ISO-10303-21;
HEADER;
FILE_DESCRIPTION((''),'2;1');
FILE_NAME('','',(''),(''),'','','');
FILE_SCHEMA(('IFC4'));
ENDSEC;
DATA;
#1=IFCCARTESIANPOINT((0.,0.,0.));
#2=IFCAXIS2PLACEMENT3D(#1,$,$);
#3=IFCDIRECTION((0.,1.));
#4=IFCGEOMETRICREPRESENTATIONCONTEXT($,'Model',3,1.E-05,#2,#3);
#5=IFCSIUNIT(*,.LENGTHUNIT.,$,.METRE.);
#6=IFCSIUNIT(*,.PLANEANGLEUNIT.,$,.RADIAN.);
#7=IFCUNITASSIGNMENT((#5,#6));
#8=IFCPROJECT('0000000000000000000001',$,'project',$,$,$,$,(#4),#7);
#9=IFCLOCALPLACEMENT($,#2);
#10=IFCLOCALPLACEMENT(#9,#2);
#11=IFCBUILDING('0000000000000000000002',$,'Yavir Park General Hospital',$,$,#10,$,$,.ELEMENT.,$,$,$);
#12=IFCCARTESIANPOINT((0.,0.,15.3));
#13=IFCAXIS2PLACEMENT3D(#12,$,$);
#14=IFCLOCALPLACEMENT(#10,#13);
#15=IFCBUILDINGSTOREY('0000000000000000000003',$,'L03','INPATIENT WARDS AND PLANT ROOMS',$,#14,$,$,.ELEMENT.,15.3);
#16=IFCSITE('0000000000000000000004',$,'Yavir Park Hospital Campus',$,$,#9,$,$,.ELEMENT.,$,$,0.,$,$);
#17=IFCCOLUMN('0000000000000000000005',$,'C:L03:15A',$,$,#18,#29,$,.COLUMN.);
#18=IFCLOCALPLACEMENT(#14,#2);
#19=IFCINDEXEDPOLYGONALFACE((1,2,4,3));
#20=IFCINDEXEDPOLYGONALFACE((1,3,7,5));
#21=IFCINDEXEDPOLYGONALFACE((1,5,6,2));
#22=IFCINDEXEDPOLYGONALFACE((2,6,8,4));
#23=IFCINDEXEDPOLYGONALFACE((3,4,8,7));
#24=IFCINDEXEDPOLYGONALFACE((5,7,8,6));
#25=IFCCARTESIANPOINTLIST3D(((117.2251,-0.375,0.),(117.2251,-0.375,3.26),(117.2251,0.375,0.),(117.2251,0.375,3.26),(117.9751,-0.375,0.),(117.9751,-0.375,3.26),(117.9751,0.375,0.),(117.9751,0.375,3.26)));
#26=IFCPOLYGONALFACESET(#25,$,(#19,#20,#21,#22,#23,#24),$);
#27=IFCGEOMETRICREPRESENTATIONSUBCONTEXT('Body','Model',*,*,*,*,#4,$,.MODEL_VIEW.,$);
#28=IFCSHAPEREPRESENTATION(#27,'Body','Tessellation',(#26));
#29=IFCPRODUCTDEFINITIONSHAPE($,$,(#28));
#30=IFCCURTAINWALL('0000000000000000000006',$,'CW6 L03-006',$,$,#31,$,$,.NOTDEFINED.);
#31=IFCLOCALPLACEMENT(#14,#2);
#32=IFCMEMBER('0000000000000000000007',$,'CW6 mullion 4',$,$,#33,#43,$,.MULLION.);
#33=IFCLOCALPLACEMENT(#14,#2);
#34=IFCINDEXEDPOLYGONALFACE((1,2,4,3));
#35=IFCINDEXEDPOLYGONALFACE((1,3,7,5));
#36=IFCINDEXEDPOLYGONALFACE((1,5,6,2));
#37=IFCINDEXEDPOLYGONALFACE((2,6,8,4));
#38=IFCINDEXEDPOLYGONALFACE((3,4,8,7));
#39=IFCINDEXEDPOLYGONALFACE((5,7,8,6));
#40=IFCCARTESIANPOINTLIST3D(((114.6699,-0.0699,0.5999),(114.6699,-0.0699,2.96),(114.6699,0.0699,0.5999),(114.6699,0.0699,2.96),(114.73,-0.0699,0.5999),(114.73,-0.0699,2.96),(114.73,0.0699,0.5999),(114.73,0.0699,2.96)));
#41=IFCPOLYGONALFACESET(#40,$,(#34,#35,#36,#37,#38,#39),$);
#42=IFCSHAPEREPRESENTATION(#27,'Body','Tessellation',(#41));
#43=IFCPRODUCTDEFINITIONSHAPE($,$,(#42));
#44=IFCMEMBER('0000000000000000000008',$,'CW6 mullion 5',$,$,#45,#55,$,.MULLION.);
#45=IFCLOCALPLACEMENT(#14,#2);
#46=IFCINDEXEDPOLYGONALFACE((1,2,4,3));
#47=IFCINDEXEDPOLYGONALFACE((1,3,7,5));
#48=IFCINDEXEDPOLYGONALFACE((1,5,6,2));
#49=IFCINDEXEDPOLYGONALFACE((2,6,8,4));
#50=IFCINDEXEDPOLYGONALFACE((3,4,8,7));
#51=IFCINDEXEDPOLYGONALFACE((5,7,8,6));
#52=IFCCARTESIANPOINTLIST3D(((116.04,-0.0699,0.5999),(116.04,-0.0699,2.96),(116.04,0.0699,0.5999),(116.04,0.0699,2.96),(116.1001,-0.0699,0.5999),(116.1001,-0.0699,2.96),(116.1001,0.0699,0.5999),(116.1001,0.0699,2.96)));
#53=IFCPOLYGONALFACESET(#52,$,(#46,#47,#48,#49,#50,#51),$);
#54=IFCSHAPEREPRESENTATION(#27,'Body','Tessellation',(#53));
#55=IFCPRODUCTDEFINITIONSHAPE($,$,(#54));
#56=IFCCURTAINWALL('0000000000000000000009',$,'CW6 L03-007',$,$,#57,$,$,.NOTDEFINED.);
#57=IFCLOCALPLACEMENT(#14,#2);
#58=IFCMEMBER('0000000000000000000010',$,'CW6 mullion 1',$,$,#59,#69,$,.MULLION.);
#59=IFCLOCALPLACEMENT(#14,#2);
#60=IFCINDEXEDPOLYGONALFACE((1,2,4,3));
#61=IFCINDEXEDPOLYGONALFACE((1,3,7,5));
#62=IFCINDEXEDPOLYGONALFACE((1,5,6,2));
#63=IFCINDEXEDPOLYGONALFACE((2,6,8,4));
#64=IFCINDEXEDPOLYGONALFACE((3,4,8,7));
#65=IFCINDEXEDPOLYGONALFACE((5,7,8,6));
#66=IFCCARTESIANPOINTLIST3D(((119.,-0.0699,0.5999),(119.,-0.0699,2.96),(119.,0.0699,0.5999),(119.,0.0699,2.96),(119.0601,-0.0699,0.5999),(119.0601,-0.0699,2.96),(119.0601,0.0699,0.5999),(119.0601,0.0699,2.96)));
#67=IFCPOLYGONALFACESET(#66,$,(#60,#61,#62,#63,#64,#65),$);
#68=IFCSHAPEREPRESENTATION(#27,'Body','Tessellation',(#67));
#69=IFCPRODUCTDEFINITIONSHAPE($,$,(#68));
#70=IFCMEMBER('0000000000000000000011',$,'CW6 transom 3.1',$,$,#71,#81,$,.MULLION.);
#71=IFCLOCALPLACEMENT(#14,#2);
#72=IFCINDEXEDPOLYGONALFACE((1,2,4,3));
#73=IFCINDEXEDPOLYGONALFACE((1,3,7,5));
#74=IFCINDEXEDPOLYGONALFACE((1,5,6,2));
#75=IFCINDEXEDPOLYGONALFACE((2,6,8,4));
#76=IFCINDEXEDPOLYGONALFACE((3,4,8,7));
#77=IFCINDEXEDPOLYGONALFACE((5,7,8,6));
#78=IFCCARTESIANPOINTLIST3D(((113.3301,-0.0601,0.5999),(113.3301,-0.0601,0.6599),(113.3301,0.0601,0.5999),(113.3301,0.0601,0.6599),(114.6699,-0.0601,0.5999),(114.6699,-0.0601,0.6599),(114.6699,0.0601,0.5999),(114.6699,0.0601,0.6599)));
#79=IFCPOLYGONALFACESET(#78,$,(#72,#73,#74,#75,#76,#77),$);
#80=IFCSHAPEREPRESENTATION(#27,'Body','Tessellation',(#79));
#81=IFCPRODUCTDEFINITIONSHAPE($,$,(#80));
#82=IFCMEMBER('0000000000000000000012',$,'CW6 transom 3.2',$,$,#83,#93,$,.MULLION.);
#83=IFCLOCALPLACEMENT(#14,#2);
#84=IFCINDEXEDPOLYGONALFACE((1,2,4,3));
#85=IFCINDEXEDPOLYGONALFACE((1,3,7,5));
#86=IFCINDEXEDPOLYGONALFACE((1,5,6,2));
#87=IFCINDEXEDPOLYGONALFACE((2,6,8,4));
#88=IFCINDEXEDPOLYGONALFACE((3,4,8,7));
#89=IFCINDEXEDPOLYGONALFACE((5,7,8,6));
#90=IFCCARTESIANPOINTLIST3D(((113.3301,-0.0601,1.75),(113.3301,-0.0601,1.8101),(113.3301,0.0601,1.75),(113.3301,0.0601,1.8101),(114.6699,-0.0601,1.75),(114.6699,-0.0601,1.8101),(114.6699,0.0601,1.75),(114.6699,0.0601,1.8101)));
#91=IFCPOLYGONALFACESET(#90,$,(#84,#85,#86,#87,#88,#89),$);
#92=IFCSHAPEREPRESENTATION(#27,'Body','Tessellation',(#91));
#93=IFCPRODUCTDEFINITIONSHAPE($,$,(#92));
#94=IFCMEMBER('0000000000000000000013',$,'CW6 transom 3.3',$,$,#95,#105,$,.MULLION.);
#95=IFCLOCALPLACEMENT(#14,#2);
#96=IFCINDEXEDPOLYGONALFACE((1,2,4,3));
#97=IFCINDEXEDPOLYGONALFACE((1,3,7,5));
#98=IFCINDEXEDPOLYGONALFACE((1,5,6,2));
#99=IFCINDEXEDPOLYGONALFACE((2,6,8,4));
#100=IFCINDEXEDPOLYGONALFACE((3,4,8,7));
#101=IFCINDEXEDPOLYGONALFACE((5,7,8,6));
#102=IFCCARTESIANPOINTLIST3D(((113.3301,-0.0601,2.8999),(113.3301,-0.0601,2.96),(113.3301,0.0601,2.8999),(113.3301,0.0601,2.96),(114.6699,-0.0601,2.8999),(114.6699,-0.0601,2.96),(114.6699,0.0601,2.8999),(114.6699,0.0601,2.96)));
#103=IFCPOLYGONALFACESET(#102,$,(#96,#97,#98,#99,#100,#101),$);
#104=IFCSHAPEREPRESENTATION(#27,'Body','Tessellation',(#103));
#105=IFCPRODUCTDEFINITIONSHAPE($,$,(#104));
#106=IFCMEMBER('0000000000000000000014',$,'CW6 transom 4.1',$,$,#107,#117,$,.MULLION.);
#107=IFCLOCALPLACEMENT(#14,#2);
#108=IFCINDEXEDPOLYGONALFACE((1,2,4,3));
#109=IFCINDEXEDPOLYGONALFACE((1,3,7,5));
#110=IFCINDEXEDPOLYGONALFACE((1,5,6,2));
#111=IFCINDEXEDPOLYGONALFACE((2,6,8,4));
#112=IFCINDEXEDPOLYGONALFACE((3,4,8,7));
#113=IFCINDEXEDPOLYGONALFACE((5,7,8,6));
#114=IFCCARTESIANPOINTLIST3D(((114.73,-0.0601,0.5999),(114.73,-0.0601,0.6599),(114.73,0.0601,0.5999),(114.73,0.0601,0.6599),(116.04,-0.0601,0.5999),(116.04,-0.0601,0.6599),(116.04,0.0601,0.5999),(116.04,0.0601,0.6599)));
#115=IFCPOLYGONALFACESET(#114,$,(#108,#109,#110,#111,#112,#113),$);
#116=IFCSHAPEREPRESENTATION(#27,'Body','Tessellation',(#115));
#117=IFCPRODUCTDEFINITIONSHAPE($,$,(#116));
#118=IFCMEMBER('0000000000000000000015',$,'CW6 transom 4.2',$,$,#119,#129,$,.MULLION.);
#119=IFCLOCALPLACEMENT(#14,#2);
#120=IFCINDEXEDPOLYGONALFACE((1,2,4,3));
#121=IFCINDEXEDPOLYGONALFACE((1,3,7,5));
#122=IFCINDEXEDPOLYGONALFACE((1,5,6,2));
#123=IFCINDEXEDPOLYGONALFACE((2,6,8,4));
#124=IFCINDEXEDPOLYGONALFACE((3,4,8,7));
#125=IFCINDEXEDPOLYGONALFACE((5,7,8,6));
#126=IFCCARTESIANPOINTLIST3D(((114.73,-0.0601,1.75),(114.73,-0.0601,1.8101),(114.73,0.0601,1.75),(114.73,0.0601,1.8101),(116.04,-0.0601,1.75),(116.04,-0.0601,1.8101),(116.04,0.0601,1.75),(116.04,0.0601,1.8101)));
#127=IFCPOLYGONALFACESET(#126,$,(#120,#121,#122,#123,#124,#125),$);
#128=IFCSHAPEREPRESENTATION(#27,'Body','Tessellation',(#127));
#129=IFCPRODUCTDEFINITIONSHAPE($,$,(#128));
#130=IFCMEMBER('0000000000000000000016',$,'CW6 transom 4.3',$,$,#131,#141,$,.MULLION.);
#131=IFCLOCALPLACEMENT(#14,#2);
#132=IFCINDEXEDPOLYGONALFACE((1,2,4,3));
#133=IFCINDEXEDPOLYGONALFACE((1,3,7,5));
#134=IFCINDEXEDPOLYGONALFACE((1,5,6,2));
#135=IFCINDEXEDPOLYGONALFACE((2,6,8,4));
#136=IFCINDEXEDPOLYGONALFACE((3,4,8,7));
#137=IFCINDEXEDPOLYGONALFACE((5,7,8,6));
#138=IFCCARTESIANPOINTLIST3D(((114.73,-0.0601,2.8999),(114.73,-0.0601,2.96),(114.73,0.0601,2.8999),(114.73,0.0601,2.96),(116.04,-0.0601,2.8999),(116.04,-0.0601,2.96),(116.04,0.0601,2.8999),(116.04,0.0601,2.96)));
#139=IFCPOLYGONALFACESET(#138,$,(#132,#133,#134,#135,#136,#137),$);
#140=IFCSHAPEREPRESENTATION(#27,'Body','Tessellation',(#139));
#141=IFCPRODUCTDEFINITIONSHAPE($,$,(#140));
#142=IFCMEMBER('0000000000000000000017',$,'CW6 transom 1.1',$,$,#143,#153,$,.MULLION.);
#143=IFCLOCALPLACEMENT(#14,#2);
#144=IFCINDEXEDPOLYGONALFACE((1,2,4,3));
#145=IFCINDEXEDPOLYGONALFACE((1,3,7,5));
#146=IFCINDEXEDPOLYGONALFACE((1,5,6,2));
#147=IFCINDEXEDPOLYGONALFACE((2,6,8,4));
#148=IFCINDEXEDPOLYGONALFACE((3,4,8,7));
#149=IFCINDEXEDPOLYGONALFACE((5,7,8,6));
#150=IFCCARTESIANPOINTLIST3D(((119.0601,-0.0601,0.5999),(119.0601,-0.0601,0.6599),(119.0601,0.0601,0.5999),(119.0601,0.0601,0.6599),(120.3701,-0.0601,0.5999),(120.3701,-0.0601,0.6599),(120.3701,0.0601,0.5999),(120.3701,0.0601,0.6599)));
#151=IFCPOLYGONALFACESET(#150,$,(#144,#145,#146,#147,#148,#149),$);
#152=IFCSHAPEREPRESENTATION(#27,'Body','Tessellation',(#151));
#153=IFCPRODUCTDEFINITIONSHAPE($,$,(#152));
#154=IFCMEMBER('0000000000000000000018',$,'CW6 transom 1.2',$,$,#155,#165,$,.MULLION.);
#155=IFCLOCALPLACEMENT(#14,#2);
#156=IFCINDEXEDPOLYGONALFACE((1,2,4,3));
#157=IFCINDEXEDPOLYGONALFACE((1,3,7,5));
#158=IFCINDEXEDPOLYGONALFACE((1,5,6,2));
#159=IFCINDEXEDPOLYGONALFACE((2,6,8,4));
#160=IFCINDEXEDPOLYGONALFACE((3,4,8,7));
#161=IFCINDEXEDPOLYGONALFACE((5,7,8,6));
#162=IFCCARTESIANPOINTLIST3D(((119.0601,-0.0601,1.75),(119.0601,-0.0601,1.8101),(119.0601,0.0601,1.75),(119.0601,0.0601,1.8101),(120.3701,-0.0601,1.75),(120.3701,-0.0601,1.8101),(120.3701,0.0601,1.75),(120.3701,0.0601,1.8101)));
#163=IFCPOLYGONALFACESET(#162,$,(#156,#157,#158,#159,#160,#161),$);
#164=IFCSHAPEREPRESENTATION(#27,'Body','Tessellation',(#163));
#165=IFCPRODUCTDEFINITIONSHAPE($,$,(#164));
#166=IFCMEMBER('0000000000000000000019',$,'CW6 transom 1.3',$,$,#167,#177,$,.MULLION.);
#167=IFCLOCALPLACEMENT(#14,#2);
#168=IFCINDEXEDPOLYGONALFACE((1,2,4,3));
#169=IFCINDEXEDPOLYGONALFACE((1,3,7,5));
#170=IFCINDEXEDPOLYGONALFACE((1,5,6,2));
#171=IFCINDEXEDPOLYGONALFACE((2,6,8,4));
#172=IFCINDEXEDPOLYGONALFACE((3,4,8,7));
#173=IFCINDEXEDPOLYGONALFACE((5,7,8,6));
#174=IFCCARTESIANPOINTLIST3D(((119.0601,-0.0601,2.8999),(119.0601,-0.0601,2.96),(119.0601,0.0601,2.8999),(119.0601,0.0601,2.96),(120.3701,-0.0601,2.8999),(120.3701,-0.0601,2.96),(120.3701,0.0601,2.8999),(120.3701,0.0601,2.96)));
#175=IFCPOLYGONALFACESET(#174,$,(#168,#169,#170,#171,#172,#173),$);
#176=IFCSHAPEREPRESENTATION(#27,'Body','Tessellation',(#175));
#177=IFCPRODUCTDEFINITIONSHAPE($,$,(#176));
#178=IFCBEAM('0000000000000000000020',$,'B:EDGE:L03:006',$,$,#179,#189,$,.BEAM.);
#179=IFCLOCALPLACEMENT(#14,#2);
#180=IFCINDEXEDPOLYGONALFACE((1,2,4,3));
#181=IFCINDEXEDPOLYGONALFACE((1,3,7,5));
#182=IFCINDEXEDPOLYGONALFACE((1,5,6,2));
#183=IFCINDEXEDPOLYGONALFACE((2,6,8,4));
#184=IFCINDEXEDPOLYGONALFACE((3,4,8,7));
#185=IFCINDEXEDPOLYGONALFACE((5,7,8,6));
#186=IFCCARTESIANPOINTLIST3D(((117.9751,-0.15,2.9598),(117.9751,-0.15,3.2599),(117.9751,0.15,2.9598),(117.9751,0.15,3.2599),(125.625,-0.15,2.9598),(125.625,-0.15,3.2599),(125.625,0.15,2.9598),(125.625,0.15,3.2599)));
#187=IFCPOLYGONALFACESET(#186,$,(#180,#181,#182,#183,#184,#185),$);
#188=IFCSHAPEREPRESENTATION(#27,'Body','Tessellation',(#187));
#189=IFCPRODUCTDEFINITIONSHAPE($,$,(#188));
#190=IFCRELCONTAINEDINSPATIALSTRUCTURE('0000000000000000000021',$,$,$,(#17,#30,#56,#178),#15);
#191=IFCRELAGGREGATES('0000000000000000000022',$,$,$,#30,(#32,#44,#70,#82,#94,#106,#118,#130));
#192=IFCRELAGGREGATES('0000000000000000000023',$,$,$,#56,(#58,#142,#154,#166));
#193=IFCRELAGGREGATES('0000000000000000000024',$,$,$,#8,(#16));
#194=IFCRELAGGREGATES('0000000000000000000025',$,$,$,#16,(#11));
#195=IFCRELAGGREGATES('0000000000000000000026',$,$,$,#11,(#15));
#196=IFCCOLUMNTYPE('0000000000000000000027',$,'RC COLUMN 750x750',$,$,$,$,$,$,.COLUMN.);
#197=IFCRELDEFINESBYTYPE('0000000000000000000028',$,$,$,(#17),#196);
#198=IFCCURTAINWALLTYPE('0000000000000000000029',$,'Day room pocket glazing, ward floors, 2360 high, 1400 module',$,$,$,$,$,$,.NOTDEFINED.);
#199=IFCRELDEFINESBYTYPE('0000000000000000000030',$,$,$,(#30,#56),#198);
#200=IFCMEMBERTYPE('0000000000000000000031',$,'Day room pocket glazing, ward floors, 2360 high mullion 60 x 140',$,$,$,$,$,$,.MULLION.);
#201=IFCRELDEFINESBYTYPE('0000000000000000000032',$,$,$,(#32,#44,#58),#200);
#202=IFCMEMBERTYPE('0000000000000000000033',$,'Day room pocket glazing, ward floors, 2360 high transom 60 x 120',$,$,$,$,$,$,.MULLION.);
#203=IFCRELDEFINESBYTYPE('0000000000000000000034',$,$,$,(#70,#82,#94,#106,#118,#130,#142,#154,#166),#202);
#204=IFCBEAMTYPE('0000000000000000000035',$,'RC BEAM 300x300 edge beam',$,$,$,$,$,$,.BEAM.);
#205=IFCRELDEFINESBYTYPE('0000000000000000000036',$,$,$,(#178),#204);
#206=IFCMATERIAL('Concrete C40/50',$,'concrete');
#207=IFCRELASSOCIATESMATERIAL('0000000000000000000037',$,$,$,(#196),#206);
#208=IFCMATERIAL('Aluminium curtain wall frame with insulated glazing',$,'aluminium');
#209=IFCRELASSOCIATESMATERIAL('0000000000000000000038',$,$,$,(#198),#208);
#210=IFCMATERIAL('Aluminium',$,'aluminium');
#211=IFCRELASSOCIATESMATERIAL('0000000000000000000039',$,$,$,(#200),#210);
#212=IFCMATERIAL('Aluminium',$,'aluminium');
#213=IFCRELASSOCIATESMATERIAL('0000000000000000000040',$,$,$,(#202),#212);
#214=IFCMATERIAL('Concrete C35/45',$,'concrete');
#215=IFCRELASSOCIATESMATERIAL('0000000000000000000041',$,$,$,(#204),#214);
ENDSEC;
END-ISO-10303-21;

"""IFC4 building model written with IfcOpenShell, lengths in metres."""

from ifc_helpers import new_model, si_unit, direction, frame, origin, origin_2d, place, context, subcontext, project, spatial, rectangle, extrude, material, material_profile, profile_set, type_object, element, aggregate, save


model = new_model("IFC4")

# Units and contexts
model_context = context("Model", 3, precision=1e-05, world=origin(), true_north=direction((0.0, 1.0)))
body_context = subcontext(model_context, "Body", "Model", "MODEL_VIEW")
ifc_project = project(units=[si_unit("LENGTHUNIT", "METRE"), si_unit("PLANEANGLEUNIT", "RADIAN")], contexts=[model_context])

# Site, building, storey
site_placement = place(None, origin())
site = spatial("IfcSite", under=ifc_project, at=site_placement, Name="Yavir Park Hospital Campus", CompositionType="ELEMENT", RefElevation=0.0)
building_placement = place(site_placement, origin())
building = spatial("IfcBuilding", under=site, at=building_placement, Name="Yavir Park General Hospital", CompositionType="ELEMENT")
storey_placement = place(building_placement, frame((0.0, 0.0, 15.3)))
storey = spatial("IfcBuildingStorey", under=building, at=storey_placement, Name="L03", Description="INPATIENT WARDS AND PLANT ROOMS", CompositionType="ELEMENT", Elevation=15.3)

# Column
ifc_material_1 = material(Name="Concrete C40/50", Category="concrete")
ifc_material_profile_1 = material_profile(ifc_material_1, rectangle(XDim=0.75, YDim=0.75, at=origin_2d()), Name="RC750x750")
ifc_profile_set_1 = profile_set([ifc_material_profile_1], Name="Concrete C40/50")
column_type = type_object("IfcColumnType", Name="RC COLUMN 750x750", PredefinedType="COLUMN", material=ifc_profile_set_1)
column_placement = place(storey_placement, frame((117.6001, 0.0, 0.0), z_axis=(0.0, 0.0, 1.0), x_axis=(1.0, 0.0, 0.0)))
element("IfcColumn", 1, at=column_placement, inside=storey, type_object=column_type, Name="C:L03:15A", PredefinedType="COLUMN", context=body_context, shape_type="SweptSolid", body=[
    extrude(rectangle(XDim=0.75, YDim=0.75, at=origin_2d()), origin(), (0.0, 0.0, 1.0), 3.26),
])

# Curtain wall, members
ifc_material_2 = material(Name="Aluminium curtain wall frame with insulated glazing", Category="aluminium")
curtain_wall_type = type_object("IfcCurtainWallType", Name="Day room pocket glazing, ward floors, 2360 high, 1400 module", PredefinedType="NOTDEFINED", material=ifc_material_2)
curtain_wall_1_placement = place(storey_placement, origin())
curtain_wall_1 = element("IfcCurtainWall", 2, at=curtain_wall_1_placement, inside=storey, type_object=curtain_wall_type, Name="CW6 L03-006", PredefinedType="NOTDEFINED")
ifc_material_3 = material(Name="Aluminium", Category="aluminium")
ifc_material_profile_2 = material_profile(ifc_material_3, rectangle(XDim=0.1399, YDim=0.0601, at=origin_2d()), Name="AL 60x140")
ifc_profile_set_2 = profile_set([ifc_material_profile_2], Name="Aluminium")
member_type_1 = type_object("IfcMemberType", Name="Day room pocket glazing, ward floors, 2360 high mullion 60 x 140", PredefinedType="MULLION", material=ifc_profile_set_2)
member_1_placement = place(storey_placement, frame((114.7, 0.0, 0.5999), z_axis=(0.0, 0.0, 1.0), x_axis=(0.0, 1.0, 0.0)))
member_1 = element("IfcMember", 3, at=member_1_placement, type_object=member_type_1, Name="CW6 mullion 4", PredefinedType="MULLION", context=body_context, shape_type="SweptSolid", body=[
    extrude(rectangle(XDim=0.1399, YDim=0.0601, at=origin_2d()), origin(), (0.0, 0.0, 1.0), 2.3601),
])
member_2_placement = place(storey_placement, frame((116.0701, 0.0, 0.5999), z_axis=(0.0, 0.0, 1.0), x_axis=(0.0, 1.0, 0.0)))
member_2 = element("IfcMember", 4, at=member_2_placement, type_object=member_type_1, Name="CW6 mullion 5", PredefinedType="MULLION", context=body_context, shape_type="SweptSolid", body=[
    extrude(rectangle(XDim=0.1399, YDim=0.0601, at=origin_2d()), origin(), (0.0, 0.0, 1.0), 2.3601),
])

# Curtain wall, member
curtain_wall_2_placement = place(storey_placement, origin())
curtain_wall_2 = element("IfcCurtainWall", 5, at=curtain_wall_2_placement, inside=storey, type_object=curtain_wall_type, Name="CW6 L03-007", PredefinedType="NOTDEFINED")
member_3_placement = place(storey_placement, frame((119.03, 0.0, 0.5999), z_axis=(0.0, 0.0, 1.0), x_axis=(0.0, 1.0, 0.0)))
member_3 = element("IfcMember", 6, at=member_3_placement, type_object=member_type_1, Name="CW6 mullion 1", PredefinedType="MULLION", context=body_context, shape_type="SweptSolid", body=[
    extrude(rectangle(XDim=0.1399, YDim=0.0601, at=origin_2d()), origin(), (0.0, 0.0, 1.0), 2.3601),
])

# Members
ifc_material_4 = material(Name="Aluminium", Category="aluminium")
ifc_material_profile_3 = material_profile(ifc_material_4, rectangle(XDim=0.1201, YDim=0.0601, at=origin_2d()), Name="AL 120x60")
ifc_profile_set_3 = profile_set([ifc_material_profile_3], Name="Aluminium")
member_type_2 = type_object("IfcMemberType", Name="Day room pocket glazing, ward floors, 2360 high transom 60 x 120", PredefinedType="MULLION", material=ifc_profile_set_3)
member_4_placement = place(storey_placement, frame((113.3301, 0.0, 0.6299), z_axis=(1.0, 0.0, 0.0), x_axis=(0.0, 1.0, 0.0)))
member_4 = element("IfcMember", 7, at=member_4_placement, type_object=member_type_2, Name="CW6 transom 3.1", PredefinedType="MULLION", context=body_context, shape_type="SweptSolid", body=[
    extrude(rectangle(XDim=0.1201, YDim=0.0601, at=origin_2d()), origin(), (0.0, 0.0, 1.0), 1.3398),
])
member_5_placement = place(storey_placement, frame((113.3301, 0.0, 1.78), z_axis=(1.0, 0.0, 0.0), x_axis=(0.0, 1.0, 0.0)))
member_5 = element("IfcMember", 8, at=member_5_placement, type_object=member_type_2, Name="CW6 transom 3.2", PredefinedType="MULLION", context=body_context, shape_type="SweptSolid", body=[
    extrude(rectangle(XDim=0.1201, YDim=0.0601, at=origin_2d()), origin(), (0.0, 0.0, 1.0), 1.3398),
])
member_6_placement = place(storey_placement, frame((113.3301, 0.0, 2.9299), z_axis=(1.0, 0.0, 0.0), x_axis=(0.0, 1.0, 0.0)))
member_6 = element("IfcMember", 9, at=member_6_placement, type_object=member_type_2, Name="CW6 transom 3.3", PredefinedType="MULLION", context=body_context, shape_type="SweptSolid", body=[
    extrude(rectangle(XDim=0.1201, YDim=0.0601, at=origin_2d()), origin(), (0.0, 0.0, 1.0), 1.3398),
])
member_7_placement = place(storey_placement, frame((114.73, 0.0, 0.6299), z_axis=(1.0, 0.0, 0.0), x_axis=(0.0, 1.0, 0.0)))
member_7 = element("IfcMember", 10, at=member_7_placement, type_object=member_type_2, Name="CW6 transom 4.1", PredefinedType="MULLION", context=body_context, shape_type="SweptSolid", body=[
    extrude(rectangle(XDim=0.1201, YDim=0.0601, at=origin_2d()), origin(), (0.0, 0.0, 1.0), 1.3101),
])
member_8_placement = place(storey_placement, frame((114.73, 0.0, 1.78), z_axis=(1.0, 0.0, 0.0), x_axis=(0.0, 1.0, 0.0)))
member_8 = element("IfcMember", 11, at=member_8_placement, type_object=member_type_2, Name="CW6 transom 4.2", PredefinedType="MULLION", context=body_context, shape_type="SweptSolid", body=[
    extrude(rectangle(XDim=0.1201, YDim=0.0601, at=origin_2d()), origin(), (0.0, 0.0, 1.0), 1.3101),
])
member_9_placement = place(storey_placement, frame((114.73, 0.0, 2.9299), z_axis=(1.0, 0.0, 0.0), x_axis=(0.0, 1.0, 0.0)))
member_9 = element("IfcMember", 12, at=member_9_placement, type_object=member_type_2, Name="CW6 transom 4.3", PredefinedType="MULLION", context=body_context, shape_type="SweptSolid", body=[
    extrude(rectangle(XDim=0.1201, YDim=0.0601, at=origin_2d()), origin(), (0.0, 0.0, 1.0), 1.3101),
])
member_10_placement = place(storey_placement, frame((119.0601, 0.0, 0.6299), z_axis=(1.0, 0.0, 0.0), x_axis=(0.0, 1.0, 0.0)))
member_10 = element("IfcMember", 13, at=member_10_placement, type_object=member_type_2, Name="CW6 transom 1.1", PredefinedType="MULLION", context=body_context, shape_type="SweptSolid", body=[
    extrude(rectangle(XDim=0.1201, YDim=0.0601, at=origin_2d()), origin(), (0.0, 0.0, 1.0), 1.3101),
])
member_11_placement = place(storey_placement, frame((119.0601, 0.0, 1.78), z_axis=(1.0, 0.0, 0.0), x_axis=(0.0, 1.0, 0.0)))
member_11 = element("IfcMember", 14, at=member_11_placement, type_object=member_type_2, Name="CW6 transom 1.2", PredefinedType="MULLION", context=body_context, shape_type="SweptSolid", body=[
    extrude(rectangle(XDim=0.1201, YDim=0.0601, at=origin_2d()), origin(), (0.0, 0.0, 1.0), 1.3101),
])
member_12_placement = place(storey_placement, frame((119.0601, 0.0, 2.9299), z_axis=(1.0, 0.0, 0.0), x_axis=(0.0, 1.0, 0.0)))
member_12 = element("IfcMember", 15, at=member_12_placement, type_object=member_type_2, Name="CW6 transom 1.3", PredefinedType="MULLION", context=body_context, shape_type="SweptSolid", body=[
    extrude(rectangle(XDim=0.1201, YDim=0.0601, at=origin_2d()), origin(), (0.0, 0.0, 1.0), 1.3101),
])

# Beam
ifc_material_5 = material(Name="Concrete C35/45", Category="concrete")
ifc_material_profile_4 = material_profile(ifc_material_5, rectangle(XDim=0.3, YDim=0.3, at=origin_2d()), Name="RC300x300")
ifc_profile_set_4 = profile_set([ifc_material_profile_4], Name="Concrete C35/45")
beam_type = type_object("IfcBeamType", Name="RC BEAM 300x300 edge beam", PredefinedType="BEAM", material=ifc_profile_set_4)
beam_placement = place(storey_placement, frame((117.9751, 0.0, 3.1099), z_axis=(1.0, 0.0, 0.0), x_axis=(0.0, 1.0, 0.0)))
element("IfcBeam", 16, at=beam_placement, inside=storey, type_object=beam_type, Name="B:EDGE:L03:006", PredefinedType="BEAM", context=body_context, shape_type="SweptSolid", body=[
    extrude(rectangle(XDim=0.3, YDim=0.3, at=origin_2d()), origin(), (0.0, 0.0, 1.0), 7.6499),
])

aggregate(curtain_wall_1, [member_1, member_2, member_4, member_5, member_6, member_7, member_8, member_9])
aggregate(curtain_wall_2, [member_3, member_10, member_11, member_12])

save(model, "model.ifc")
